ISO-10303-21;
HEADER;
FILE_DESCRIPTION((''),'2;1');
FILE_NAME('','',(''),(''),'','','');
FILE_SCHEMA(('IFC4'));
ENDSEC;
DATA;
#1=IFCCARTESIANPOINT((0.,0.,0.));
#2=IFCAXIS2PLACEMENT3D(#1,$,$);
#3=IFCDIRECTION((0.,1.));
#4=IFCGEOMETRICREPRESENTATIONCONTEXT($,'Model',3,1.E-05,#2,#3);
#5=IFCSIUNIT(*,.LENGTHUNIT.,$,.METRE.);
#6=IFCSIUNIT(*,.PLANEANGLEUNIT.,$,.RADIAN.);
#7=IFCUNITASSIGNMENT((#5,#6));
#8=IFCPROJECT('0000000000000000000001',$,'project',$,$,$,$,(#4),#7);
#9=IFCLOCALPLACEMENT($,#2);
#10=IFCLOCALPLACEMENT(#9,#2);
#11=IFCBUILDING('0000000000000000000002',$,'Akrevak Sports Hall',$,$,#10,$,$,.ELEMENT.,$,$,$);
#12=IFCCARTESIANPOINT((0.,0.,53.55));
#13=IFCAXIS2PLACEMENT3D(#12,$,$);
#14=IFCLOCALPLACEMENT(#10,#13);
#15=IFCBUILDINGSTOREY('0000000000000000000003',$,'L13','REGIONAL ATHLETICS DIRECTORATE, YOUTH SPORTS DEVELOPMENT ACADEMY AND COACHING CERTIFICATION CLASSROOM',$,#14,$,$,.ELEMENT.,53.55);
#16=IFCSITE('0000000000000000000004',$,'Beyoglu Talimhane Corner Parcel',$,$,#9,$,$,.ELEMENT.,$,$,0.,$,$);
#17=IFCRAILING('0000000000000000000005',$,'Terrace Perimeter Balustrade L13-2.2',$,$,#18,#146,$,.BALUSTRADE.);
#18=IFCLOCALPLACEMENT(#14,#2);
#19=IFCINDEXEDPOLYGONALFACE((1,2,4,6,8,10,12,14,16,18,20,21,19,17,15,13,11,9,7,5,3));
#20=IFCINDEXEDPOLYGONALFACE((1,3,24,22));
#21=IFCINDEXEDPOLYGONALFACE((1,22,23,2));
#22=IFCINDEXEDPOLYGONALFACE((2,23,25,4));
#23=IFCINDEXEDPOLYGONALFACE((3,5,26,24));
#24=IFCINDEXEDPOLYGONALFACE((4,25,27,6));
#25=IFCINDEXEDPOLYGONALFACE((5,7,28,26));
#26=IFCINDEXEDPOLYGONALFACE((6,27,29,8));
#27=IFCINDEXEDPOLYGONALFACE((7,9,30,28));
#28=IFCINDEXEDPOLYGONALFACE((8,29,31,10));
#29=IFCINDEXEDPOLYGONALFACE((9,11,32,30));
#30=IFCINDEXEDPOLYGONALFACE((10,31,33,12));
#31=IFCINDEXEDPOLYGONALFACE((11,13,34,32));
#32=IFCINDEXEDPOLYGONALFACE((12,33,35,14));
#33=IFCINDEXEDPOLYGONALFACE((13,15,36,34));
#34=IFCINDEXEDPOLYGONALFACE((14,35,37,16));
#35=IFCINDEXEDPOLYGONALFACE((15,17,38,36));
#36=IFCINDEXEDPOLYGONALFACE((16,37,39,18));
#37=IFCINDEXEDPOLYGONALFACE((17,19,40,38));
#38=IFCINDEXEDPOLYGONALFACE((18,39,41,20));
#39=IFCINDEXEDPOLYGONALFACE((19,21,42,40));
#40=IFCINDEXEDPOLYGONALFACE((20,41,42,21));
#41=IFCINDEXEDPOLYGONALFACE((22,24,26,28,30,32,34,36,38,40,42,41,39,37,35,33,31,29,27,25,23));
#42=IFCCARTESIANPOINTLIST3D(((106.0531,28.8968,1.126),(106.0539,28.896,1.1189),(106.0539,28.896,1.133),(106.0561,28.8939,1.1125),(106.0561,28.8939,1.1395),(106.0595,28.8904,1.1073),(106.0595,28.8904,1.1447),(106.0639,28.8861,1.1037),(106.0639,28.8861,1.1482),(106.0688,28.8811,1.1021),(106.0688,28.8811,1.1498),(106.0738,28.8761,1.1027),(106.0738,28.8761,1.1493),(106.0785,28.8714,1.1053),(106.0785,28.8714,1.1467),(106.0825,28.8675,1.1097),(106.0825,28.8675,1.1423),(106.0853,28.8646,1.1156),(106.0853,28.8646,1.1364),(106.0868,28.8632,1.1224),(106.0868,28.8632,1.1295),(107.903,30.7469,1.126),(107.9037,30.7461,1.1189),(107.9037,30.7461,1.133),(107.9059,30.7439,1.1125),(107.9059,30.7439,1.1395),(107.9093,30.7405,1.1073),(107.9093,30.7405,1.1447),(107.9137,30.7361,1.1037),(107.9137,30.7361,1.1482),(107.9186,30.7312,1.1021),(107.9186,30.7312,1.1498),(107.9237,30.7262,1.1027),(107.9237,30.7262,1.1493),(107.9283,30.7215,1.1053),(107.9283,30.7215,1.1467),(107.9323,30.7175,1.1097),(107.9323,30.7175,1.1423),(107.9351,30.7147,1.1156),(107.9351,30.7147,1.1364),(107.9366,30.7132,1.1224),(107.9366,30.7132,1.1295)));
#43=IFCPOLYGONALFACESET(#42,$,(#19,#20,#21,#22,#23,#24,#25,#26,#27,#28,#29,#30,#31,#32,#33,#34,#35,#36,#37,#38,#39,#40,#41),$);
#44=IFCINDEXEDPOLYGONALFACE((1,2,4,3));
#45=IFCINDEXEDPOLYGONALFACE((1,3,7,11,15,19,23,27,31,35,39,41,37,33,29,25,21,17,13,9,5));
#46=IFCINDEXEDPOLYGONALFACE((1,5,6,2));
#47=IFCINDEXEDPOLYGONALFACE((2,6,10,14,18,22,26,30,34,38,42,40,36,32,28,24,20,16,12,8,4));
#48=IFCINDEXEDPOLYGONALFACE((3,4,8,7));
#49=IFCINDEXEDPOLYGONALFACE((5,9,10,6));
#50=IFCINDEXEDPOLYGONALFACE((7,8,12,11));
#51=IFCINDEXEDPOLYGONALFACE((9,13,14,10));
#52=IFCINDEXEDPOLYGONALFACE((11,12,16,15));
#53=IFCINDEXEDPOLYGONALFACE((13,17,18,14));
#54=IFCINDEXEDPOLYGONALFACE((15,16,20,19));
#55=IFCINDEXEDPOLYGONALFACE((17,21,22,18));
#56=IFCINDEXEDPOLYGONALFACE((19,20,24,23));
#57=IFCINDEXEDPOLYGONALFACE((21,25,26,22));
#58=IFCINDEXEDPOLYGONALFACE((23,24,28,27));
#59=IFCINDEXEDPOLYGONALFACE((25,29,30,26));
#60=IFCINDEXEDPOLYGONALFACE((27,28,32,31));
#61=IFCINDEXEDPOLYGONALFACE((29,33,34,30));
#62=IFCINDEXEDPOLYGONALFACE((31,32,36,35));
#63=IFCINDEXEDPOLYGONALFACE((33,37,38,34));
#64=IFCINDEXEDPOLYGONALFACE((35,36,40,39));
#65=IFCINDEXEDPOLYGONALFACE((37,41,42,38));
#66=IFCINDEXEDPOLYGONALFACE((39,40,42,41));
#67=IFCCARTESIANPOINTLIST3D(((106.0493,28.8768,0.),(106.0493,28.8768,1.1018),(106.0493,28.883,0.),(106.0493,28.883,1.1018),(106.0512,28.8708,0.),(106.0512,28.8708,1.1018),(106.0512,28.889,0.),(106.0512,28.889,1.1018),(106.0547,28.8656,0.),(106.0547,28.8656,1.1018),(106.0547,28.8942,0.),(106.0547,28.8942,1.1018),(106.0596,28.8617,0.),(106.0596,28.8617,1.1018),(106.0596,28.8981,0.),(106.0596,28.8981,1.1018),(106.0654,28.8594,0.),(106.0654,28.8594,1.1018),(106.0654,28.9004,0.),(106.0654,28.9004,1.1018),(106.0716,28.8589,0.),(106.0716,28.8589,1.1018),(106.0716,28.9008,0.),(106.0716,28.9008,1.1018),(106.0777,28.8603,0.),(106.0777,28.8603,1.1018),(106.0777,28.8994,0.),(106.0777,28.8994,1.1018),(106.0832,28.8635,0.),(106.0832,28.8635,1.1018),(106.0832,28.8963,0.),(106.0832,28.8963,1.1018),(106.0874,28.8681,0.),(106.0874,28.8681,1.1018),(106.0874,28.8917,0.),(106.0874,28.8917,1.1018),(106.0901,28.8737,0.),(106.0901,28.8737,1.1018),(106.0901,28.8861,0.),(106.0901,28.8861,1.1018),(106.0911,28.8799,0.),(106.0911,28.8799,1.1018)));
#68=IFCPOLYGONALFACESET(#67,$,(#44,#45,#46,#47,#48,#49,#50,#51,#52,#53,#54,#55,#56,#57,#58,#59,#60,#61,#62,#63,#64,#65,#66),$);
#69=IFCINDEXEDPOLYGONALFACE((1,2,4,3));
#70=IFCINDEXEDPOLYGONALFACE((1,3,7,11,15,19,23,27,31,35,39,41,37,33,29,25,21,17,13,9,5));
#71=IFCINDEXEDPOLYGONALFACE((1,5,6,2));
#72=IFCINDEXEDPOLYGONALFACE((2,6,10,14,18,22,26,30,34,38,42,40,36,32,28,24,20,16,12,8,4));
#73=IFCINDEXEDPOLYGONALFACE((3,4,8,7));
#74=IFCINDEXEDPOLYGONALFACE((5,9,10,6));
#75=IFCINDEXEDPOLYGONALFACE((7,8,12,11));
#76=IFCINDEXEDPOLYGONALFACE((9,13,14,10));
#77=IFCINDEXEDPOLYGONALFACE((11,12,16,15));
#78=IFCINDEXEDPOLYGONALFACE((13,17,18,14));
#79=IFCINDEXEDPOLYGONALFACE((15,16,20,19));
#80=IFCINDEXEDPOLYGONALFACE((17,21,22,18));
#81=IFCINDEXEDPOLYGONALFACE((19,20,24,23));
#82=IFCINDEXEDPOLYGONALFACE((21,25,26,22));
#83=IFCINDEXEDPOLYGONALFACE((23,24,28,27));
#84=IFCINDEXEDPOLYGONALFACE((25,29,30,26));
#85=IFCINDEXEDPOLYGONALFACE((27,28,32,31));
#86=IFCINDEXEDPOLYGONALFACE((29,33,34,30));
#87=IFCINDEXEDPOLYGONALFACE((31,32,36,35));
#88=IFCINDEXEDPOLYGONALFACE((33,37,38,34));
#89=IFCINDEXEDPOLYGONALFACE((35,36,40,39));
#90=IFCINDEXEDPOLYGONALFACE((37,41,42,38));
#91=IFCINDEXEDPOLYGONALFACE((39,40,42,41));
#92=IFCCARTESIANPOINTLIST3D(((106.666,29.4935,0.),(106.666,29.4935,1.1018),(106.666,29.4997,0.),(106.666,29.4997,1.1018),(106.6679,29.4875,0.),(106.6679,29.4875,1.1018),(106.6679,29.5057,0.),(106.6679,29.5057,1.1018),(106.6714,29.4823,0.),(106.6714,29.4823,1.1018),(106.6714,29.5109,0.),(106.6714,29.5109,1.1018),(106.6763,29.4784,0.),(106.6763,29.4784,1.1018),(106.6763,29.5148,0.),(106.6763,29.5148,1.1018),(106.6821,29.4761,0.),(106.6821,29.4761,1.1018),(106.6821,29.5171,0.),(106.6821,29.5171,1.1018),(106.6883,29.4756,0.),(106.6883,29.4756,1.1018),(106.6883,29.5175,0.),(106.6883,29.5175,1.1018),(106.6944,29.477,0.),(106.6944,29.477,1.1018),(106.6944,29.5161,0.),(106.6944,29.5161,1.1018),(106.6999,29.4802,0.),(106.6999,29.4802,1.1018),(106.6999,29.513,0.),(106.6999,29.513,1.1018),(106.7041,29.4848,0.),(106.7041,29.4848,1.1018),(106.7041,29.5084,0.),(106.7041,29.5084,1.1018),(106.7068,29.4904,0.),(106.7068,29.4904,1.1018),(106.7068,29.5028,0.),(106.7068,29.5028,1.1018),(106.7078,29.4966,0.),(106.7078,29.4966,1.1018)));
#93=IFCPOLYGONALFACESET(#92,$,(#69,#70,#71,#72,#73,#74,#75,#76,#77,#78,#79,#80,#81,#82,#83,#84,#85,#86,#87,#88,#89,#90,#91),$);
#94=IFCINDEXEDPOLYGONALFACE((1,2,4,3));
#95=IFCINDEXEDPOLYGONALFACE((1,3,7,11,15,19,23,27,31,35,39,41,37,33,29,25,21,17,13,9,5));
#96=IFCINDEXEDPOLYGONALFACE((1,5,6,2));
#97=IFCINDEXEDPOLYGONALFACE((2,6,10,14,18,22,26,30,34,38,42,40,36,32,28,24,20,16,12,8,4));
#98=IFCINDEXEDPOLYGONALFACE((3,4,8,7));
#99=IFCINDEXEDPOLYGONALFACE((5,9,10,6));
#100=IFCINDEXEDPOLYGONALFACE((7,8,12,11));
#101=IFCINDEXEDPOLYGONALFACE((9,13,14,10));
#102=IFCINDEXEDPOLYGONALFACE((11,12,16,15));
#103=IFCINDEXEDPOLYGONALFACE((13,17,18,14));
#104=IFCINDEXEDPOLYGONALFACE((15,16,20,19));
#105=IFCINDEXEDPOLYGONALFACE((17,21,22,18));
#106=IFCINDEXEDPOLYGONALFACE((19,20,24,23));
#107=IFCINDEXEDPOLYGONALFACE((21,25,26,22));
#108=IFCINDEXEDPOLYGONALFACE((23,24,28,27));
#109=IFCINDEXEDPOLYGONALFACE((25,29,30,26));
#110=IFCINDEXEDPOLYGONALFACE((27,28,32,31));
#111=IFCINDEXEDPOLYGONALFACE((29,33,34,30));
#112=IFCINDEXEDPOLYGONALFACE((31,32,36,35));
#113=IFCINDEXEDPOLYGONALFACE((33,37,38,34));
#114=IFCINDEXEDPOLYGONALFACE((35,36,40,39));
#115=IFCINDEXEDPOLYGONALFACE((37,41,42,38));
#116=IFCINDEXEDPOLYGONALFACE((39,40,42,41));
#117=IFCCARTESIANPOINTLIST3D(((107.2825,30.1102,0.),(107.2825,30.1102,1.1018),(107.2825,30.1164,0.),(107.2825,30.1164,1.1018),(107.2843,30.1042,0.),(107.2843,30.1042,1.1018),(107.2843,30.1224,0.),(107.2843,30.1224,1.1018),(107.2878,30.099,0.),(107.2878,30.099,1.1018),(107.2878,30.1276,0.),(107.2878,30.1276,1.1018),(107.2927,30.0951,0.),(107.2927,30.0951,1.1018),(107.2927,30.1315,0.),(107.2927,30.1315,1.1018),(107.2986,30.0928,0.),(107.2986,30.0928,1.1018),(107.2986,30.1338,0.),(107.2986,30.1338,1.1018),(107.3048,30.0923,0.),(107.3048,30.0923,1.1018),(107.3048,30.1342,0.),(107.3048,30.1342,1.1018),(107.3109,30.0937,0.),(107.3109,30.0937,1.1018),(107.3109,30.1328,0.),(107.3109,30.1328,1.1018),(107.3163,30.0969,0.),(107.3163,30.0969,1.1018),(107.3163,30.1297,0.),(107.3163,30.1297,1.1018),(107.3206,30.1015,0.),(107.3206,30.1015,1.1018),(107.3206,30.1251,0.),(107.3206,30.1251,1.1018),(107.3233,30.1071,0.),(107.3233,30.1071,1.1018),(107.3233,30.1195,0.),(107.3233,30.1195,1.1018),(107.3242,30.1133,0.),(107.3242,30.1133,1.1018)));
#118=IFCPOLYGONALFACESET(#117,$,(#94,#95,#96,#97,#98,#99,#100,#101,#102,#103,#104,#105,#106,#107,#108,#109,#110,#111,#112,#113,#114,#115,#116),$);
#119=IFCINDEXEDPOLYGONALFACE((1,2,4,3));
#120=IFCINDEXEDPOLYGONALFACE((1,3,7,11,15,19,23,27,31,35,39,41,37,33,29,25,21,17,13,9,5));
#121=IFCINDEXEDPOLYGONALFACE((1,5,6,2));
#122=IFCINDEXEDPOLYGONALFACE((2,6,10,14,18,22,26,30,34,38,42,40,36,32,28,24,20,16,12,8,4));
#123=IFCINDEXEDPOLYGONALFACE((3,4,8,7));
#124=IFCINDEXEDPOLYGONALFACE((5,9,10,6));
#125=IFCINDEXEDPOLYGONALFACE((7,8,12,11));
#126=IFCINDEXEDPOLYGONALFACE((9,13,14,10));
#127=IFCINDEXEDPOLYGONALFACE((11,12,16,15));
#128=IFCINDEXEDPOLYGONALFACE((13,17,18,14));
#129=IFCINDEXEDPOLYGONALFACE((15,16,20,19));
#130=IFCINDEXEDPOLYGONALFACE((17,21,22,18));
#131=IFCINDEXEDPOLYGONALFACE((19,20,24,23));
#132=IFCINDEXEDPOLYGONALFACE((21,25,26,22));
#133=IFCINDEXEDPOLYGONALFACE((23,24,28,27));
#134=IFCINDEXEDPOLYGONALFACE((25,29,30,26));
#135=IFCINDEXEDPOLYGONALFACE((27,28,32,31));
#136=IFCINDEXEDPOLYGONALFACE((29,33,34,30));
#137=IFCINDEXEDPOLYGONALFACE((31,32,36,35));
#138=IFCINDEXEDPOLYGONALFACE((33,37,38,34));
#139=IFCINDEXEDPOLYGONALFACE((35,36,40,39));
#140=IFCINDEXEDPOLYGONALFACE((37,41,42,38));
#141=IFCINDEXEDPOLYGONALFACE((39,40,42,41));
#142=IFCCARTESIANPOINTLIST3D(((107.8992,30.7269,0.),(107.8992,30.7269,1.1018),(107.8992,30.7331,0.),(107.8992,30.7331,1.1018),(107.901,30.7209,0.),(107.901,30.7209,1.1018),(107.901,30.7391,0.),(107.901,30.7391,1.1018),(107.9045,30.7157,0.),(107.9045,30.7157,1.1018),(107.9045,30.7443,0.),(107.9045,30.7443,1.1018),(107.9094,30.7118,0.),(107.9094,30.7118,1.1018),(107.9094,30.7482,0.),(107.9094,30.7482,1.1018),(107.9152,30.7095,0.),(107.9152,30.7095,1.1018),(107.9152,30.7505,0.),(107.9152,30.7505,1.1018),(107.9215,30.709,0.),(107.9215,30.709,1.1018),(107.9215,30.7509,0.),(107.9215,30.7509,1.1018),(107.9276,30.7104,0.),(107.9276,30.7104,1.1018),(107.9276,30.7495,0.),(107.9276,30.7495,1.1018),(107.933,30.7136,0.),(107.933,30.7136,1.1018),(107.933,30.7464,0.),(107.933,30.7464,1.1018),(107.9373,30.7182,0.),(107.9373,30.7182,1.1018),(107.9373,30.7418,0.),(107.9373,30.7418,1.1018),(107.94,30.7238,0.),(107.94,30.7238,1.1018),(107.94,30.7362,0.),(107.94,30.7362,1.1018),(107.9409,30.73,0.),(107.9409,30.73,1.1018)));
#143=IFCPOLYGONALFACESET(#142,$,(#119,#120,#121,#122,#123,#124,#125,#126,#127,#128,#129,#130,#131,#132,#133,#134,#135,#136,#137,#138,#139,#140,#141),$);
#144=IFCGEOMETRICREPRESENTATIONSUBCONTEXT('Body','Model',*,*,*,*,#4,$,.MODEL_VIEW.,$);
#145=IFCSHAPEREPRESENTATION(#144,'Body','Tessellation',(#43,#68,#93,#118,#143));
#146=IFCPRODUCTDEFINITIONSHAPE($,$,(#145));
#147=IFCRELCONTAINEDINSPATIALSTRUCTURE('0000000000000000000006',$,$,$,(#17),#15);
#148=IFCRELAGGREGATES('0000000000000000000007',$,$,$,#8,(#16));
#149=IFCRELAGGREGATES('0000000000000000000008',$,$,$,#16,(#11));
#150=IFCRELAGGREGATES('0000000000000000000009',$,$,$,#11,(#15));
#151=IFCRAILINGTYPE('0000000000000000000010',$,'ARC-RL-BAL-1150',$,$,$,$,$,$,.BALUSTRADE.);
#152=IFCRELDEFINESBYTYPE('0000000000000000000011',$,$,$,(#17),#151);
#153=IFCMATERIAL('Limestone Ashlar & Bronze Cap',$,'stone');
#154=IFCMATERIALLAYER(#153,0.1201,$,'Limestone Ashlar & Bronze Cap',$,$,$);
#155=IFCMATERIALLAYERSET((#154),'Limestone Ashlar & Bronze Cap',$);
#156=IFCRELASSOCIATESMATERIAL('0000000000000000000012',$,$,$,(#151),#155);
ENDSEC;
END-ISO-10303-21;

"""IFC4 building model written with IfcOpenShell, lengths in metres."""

from ifc_helpers import new_model, si_unit, direction, frame, origin, origin_2d, place, context, subcontext, project, spatial, circle, extrude, material, layer, layer_set, type_object, element, save


model = new_model("IFC4")

# Units and contexts
model_context = context("Model", 3, precision=1e-05, world=origin(), true_north=direction((0.0, 1.0)))
body_context = subcontext(model_context, "Body", "Model", "MODEL_VIEW")
ifc_project = project(units=[si_unit("LENGTHUNIT", "METRE"), si_unit("PLANEANGLEUNIT", "RADIAN")], contexts=[model_context])

# Site, building, storey
site_placement = place(None, origin())
site = spatial("IfcSite", under=ifc_project, at=site_placement, Name="Beyoglu Talimhane Corner Parcel", CompositionType="ELEMENT", RefElevation=0.0)
building_placement = place(site_placement, origin())
building = spatial("IfcBuilding", under=site, at=building_placement, Name="Akrevak Sports Hall", CompositionType="ELEMENT")
storey_placement = place(building_placement, frame((0.0, 0.0, 53.55)))
storey = spatial("IfcBuildingStorey", under=building, at=storey_placement, Name="L13", Description="REGIONAL ATHLETICS DIRECTORATE, YOUTH SPORTS DEVELOPMENT ACADEMY AND COACHING CERTIFICATION CLASSROOM", CompositionType="ELEMENT", Elevation=53.55)

# Railing
ifc_material_1 = material(Name="Limestone Ashlar & Bronze Cap", Category="stone")
ifc_layer_1 = layer(ifc_material_1, 0.1201, Name="Limestone Ashlar & Bronze Cap")
ifc_layer_set_1 = layer_set([ifc_layer_1], Name="Limestone Ashlar & Bronze Cap")
railing_type = type_object("IfcRailingType", Name="ARC-RL-BAL-1150", PredefinedType="BALUSTRADE", material=ifc_layer_set_1)
railing_1_placement = place(storey_placement, frame((106.0701, 28.8799, 0.0)))
element("IfcRailing", 1, at=railing_1_placement, inside=storey, type_object=railing_type, Name="Terrace Perimeter Balustrade L13-2.2", PredefinedType="BALUSTRADE", context=body_context, shape_type="SweptSolid", body=[
    extrude(circle(Radius=0.0239, at=origin_2d()), frame((0.0, 0.0, 1.126), z_axis=(0.70706, 0.707153, 0.0), x_axis=(-0.707153, 0.70706, 0.0)), (0.0, 0.0, 1.0), 2.6162),
    extrude(circle(Radius=0.021, at=origin_2d()), origin(), (0.0, 0.0, 1.0), 1.1018),
    extrude(circle(Radius=0.021, at=origin_2d()), frame((0.6167, 0.6167, 0.0)), (0.0, 0.0, 1.0), 1.1018),
    extrude(circle(Radius=0.021, at=origin_2d()), frame((1.2332, 1.2334, 0.0)), (0.0, 0.0, 1.0), 1.1018),
    extrude(circle(Radius=0.021, at=origin_2d()), frame((1.8499, 1.8501, 0.0)), (0.0, 0.0, 1.0), 1.1018),
])

save(model, "model.ifc")
